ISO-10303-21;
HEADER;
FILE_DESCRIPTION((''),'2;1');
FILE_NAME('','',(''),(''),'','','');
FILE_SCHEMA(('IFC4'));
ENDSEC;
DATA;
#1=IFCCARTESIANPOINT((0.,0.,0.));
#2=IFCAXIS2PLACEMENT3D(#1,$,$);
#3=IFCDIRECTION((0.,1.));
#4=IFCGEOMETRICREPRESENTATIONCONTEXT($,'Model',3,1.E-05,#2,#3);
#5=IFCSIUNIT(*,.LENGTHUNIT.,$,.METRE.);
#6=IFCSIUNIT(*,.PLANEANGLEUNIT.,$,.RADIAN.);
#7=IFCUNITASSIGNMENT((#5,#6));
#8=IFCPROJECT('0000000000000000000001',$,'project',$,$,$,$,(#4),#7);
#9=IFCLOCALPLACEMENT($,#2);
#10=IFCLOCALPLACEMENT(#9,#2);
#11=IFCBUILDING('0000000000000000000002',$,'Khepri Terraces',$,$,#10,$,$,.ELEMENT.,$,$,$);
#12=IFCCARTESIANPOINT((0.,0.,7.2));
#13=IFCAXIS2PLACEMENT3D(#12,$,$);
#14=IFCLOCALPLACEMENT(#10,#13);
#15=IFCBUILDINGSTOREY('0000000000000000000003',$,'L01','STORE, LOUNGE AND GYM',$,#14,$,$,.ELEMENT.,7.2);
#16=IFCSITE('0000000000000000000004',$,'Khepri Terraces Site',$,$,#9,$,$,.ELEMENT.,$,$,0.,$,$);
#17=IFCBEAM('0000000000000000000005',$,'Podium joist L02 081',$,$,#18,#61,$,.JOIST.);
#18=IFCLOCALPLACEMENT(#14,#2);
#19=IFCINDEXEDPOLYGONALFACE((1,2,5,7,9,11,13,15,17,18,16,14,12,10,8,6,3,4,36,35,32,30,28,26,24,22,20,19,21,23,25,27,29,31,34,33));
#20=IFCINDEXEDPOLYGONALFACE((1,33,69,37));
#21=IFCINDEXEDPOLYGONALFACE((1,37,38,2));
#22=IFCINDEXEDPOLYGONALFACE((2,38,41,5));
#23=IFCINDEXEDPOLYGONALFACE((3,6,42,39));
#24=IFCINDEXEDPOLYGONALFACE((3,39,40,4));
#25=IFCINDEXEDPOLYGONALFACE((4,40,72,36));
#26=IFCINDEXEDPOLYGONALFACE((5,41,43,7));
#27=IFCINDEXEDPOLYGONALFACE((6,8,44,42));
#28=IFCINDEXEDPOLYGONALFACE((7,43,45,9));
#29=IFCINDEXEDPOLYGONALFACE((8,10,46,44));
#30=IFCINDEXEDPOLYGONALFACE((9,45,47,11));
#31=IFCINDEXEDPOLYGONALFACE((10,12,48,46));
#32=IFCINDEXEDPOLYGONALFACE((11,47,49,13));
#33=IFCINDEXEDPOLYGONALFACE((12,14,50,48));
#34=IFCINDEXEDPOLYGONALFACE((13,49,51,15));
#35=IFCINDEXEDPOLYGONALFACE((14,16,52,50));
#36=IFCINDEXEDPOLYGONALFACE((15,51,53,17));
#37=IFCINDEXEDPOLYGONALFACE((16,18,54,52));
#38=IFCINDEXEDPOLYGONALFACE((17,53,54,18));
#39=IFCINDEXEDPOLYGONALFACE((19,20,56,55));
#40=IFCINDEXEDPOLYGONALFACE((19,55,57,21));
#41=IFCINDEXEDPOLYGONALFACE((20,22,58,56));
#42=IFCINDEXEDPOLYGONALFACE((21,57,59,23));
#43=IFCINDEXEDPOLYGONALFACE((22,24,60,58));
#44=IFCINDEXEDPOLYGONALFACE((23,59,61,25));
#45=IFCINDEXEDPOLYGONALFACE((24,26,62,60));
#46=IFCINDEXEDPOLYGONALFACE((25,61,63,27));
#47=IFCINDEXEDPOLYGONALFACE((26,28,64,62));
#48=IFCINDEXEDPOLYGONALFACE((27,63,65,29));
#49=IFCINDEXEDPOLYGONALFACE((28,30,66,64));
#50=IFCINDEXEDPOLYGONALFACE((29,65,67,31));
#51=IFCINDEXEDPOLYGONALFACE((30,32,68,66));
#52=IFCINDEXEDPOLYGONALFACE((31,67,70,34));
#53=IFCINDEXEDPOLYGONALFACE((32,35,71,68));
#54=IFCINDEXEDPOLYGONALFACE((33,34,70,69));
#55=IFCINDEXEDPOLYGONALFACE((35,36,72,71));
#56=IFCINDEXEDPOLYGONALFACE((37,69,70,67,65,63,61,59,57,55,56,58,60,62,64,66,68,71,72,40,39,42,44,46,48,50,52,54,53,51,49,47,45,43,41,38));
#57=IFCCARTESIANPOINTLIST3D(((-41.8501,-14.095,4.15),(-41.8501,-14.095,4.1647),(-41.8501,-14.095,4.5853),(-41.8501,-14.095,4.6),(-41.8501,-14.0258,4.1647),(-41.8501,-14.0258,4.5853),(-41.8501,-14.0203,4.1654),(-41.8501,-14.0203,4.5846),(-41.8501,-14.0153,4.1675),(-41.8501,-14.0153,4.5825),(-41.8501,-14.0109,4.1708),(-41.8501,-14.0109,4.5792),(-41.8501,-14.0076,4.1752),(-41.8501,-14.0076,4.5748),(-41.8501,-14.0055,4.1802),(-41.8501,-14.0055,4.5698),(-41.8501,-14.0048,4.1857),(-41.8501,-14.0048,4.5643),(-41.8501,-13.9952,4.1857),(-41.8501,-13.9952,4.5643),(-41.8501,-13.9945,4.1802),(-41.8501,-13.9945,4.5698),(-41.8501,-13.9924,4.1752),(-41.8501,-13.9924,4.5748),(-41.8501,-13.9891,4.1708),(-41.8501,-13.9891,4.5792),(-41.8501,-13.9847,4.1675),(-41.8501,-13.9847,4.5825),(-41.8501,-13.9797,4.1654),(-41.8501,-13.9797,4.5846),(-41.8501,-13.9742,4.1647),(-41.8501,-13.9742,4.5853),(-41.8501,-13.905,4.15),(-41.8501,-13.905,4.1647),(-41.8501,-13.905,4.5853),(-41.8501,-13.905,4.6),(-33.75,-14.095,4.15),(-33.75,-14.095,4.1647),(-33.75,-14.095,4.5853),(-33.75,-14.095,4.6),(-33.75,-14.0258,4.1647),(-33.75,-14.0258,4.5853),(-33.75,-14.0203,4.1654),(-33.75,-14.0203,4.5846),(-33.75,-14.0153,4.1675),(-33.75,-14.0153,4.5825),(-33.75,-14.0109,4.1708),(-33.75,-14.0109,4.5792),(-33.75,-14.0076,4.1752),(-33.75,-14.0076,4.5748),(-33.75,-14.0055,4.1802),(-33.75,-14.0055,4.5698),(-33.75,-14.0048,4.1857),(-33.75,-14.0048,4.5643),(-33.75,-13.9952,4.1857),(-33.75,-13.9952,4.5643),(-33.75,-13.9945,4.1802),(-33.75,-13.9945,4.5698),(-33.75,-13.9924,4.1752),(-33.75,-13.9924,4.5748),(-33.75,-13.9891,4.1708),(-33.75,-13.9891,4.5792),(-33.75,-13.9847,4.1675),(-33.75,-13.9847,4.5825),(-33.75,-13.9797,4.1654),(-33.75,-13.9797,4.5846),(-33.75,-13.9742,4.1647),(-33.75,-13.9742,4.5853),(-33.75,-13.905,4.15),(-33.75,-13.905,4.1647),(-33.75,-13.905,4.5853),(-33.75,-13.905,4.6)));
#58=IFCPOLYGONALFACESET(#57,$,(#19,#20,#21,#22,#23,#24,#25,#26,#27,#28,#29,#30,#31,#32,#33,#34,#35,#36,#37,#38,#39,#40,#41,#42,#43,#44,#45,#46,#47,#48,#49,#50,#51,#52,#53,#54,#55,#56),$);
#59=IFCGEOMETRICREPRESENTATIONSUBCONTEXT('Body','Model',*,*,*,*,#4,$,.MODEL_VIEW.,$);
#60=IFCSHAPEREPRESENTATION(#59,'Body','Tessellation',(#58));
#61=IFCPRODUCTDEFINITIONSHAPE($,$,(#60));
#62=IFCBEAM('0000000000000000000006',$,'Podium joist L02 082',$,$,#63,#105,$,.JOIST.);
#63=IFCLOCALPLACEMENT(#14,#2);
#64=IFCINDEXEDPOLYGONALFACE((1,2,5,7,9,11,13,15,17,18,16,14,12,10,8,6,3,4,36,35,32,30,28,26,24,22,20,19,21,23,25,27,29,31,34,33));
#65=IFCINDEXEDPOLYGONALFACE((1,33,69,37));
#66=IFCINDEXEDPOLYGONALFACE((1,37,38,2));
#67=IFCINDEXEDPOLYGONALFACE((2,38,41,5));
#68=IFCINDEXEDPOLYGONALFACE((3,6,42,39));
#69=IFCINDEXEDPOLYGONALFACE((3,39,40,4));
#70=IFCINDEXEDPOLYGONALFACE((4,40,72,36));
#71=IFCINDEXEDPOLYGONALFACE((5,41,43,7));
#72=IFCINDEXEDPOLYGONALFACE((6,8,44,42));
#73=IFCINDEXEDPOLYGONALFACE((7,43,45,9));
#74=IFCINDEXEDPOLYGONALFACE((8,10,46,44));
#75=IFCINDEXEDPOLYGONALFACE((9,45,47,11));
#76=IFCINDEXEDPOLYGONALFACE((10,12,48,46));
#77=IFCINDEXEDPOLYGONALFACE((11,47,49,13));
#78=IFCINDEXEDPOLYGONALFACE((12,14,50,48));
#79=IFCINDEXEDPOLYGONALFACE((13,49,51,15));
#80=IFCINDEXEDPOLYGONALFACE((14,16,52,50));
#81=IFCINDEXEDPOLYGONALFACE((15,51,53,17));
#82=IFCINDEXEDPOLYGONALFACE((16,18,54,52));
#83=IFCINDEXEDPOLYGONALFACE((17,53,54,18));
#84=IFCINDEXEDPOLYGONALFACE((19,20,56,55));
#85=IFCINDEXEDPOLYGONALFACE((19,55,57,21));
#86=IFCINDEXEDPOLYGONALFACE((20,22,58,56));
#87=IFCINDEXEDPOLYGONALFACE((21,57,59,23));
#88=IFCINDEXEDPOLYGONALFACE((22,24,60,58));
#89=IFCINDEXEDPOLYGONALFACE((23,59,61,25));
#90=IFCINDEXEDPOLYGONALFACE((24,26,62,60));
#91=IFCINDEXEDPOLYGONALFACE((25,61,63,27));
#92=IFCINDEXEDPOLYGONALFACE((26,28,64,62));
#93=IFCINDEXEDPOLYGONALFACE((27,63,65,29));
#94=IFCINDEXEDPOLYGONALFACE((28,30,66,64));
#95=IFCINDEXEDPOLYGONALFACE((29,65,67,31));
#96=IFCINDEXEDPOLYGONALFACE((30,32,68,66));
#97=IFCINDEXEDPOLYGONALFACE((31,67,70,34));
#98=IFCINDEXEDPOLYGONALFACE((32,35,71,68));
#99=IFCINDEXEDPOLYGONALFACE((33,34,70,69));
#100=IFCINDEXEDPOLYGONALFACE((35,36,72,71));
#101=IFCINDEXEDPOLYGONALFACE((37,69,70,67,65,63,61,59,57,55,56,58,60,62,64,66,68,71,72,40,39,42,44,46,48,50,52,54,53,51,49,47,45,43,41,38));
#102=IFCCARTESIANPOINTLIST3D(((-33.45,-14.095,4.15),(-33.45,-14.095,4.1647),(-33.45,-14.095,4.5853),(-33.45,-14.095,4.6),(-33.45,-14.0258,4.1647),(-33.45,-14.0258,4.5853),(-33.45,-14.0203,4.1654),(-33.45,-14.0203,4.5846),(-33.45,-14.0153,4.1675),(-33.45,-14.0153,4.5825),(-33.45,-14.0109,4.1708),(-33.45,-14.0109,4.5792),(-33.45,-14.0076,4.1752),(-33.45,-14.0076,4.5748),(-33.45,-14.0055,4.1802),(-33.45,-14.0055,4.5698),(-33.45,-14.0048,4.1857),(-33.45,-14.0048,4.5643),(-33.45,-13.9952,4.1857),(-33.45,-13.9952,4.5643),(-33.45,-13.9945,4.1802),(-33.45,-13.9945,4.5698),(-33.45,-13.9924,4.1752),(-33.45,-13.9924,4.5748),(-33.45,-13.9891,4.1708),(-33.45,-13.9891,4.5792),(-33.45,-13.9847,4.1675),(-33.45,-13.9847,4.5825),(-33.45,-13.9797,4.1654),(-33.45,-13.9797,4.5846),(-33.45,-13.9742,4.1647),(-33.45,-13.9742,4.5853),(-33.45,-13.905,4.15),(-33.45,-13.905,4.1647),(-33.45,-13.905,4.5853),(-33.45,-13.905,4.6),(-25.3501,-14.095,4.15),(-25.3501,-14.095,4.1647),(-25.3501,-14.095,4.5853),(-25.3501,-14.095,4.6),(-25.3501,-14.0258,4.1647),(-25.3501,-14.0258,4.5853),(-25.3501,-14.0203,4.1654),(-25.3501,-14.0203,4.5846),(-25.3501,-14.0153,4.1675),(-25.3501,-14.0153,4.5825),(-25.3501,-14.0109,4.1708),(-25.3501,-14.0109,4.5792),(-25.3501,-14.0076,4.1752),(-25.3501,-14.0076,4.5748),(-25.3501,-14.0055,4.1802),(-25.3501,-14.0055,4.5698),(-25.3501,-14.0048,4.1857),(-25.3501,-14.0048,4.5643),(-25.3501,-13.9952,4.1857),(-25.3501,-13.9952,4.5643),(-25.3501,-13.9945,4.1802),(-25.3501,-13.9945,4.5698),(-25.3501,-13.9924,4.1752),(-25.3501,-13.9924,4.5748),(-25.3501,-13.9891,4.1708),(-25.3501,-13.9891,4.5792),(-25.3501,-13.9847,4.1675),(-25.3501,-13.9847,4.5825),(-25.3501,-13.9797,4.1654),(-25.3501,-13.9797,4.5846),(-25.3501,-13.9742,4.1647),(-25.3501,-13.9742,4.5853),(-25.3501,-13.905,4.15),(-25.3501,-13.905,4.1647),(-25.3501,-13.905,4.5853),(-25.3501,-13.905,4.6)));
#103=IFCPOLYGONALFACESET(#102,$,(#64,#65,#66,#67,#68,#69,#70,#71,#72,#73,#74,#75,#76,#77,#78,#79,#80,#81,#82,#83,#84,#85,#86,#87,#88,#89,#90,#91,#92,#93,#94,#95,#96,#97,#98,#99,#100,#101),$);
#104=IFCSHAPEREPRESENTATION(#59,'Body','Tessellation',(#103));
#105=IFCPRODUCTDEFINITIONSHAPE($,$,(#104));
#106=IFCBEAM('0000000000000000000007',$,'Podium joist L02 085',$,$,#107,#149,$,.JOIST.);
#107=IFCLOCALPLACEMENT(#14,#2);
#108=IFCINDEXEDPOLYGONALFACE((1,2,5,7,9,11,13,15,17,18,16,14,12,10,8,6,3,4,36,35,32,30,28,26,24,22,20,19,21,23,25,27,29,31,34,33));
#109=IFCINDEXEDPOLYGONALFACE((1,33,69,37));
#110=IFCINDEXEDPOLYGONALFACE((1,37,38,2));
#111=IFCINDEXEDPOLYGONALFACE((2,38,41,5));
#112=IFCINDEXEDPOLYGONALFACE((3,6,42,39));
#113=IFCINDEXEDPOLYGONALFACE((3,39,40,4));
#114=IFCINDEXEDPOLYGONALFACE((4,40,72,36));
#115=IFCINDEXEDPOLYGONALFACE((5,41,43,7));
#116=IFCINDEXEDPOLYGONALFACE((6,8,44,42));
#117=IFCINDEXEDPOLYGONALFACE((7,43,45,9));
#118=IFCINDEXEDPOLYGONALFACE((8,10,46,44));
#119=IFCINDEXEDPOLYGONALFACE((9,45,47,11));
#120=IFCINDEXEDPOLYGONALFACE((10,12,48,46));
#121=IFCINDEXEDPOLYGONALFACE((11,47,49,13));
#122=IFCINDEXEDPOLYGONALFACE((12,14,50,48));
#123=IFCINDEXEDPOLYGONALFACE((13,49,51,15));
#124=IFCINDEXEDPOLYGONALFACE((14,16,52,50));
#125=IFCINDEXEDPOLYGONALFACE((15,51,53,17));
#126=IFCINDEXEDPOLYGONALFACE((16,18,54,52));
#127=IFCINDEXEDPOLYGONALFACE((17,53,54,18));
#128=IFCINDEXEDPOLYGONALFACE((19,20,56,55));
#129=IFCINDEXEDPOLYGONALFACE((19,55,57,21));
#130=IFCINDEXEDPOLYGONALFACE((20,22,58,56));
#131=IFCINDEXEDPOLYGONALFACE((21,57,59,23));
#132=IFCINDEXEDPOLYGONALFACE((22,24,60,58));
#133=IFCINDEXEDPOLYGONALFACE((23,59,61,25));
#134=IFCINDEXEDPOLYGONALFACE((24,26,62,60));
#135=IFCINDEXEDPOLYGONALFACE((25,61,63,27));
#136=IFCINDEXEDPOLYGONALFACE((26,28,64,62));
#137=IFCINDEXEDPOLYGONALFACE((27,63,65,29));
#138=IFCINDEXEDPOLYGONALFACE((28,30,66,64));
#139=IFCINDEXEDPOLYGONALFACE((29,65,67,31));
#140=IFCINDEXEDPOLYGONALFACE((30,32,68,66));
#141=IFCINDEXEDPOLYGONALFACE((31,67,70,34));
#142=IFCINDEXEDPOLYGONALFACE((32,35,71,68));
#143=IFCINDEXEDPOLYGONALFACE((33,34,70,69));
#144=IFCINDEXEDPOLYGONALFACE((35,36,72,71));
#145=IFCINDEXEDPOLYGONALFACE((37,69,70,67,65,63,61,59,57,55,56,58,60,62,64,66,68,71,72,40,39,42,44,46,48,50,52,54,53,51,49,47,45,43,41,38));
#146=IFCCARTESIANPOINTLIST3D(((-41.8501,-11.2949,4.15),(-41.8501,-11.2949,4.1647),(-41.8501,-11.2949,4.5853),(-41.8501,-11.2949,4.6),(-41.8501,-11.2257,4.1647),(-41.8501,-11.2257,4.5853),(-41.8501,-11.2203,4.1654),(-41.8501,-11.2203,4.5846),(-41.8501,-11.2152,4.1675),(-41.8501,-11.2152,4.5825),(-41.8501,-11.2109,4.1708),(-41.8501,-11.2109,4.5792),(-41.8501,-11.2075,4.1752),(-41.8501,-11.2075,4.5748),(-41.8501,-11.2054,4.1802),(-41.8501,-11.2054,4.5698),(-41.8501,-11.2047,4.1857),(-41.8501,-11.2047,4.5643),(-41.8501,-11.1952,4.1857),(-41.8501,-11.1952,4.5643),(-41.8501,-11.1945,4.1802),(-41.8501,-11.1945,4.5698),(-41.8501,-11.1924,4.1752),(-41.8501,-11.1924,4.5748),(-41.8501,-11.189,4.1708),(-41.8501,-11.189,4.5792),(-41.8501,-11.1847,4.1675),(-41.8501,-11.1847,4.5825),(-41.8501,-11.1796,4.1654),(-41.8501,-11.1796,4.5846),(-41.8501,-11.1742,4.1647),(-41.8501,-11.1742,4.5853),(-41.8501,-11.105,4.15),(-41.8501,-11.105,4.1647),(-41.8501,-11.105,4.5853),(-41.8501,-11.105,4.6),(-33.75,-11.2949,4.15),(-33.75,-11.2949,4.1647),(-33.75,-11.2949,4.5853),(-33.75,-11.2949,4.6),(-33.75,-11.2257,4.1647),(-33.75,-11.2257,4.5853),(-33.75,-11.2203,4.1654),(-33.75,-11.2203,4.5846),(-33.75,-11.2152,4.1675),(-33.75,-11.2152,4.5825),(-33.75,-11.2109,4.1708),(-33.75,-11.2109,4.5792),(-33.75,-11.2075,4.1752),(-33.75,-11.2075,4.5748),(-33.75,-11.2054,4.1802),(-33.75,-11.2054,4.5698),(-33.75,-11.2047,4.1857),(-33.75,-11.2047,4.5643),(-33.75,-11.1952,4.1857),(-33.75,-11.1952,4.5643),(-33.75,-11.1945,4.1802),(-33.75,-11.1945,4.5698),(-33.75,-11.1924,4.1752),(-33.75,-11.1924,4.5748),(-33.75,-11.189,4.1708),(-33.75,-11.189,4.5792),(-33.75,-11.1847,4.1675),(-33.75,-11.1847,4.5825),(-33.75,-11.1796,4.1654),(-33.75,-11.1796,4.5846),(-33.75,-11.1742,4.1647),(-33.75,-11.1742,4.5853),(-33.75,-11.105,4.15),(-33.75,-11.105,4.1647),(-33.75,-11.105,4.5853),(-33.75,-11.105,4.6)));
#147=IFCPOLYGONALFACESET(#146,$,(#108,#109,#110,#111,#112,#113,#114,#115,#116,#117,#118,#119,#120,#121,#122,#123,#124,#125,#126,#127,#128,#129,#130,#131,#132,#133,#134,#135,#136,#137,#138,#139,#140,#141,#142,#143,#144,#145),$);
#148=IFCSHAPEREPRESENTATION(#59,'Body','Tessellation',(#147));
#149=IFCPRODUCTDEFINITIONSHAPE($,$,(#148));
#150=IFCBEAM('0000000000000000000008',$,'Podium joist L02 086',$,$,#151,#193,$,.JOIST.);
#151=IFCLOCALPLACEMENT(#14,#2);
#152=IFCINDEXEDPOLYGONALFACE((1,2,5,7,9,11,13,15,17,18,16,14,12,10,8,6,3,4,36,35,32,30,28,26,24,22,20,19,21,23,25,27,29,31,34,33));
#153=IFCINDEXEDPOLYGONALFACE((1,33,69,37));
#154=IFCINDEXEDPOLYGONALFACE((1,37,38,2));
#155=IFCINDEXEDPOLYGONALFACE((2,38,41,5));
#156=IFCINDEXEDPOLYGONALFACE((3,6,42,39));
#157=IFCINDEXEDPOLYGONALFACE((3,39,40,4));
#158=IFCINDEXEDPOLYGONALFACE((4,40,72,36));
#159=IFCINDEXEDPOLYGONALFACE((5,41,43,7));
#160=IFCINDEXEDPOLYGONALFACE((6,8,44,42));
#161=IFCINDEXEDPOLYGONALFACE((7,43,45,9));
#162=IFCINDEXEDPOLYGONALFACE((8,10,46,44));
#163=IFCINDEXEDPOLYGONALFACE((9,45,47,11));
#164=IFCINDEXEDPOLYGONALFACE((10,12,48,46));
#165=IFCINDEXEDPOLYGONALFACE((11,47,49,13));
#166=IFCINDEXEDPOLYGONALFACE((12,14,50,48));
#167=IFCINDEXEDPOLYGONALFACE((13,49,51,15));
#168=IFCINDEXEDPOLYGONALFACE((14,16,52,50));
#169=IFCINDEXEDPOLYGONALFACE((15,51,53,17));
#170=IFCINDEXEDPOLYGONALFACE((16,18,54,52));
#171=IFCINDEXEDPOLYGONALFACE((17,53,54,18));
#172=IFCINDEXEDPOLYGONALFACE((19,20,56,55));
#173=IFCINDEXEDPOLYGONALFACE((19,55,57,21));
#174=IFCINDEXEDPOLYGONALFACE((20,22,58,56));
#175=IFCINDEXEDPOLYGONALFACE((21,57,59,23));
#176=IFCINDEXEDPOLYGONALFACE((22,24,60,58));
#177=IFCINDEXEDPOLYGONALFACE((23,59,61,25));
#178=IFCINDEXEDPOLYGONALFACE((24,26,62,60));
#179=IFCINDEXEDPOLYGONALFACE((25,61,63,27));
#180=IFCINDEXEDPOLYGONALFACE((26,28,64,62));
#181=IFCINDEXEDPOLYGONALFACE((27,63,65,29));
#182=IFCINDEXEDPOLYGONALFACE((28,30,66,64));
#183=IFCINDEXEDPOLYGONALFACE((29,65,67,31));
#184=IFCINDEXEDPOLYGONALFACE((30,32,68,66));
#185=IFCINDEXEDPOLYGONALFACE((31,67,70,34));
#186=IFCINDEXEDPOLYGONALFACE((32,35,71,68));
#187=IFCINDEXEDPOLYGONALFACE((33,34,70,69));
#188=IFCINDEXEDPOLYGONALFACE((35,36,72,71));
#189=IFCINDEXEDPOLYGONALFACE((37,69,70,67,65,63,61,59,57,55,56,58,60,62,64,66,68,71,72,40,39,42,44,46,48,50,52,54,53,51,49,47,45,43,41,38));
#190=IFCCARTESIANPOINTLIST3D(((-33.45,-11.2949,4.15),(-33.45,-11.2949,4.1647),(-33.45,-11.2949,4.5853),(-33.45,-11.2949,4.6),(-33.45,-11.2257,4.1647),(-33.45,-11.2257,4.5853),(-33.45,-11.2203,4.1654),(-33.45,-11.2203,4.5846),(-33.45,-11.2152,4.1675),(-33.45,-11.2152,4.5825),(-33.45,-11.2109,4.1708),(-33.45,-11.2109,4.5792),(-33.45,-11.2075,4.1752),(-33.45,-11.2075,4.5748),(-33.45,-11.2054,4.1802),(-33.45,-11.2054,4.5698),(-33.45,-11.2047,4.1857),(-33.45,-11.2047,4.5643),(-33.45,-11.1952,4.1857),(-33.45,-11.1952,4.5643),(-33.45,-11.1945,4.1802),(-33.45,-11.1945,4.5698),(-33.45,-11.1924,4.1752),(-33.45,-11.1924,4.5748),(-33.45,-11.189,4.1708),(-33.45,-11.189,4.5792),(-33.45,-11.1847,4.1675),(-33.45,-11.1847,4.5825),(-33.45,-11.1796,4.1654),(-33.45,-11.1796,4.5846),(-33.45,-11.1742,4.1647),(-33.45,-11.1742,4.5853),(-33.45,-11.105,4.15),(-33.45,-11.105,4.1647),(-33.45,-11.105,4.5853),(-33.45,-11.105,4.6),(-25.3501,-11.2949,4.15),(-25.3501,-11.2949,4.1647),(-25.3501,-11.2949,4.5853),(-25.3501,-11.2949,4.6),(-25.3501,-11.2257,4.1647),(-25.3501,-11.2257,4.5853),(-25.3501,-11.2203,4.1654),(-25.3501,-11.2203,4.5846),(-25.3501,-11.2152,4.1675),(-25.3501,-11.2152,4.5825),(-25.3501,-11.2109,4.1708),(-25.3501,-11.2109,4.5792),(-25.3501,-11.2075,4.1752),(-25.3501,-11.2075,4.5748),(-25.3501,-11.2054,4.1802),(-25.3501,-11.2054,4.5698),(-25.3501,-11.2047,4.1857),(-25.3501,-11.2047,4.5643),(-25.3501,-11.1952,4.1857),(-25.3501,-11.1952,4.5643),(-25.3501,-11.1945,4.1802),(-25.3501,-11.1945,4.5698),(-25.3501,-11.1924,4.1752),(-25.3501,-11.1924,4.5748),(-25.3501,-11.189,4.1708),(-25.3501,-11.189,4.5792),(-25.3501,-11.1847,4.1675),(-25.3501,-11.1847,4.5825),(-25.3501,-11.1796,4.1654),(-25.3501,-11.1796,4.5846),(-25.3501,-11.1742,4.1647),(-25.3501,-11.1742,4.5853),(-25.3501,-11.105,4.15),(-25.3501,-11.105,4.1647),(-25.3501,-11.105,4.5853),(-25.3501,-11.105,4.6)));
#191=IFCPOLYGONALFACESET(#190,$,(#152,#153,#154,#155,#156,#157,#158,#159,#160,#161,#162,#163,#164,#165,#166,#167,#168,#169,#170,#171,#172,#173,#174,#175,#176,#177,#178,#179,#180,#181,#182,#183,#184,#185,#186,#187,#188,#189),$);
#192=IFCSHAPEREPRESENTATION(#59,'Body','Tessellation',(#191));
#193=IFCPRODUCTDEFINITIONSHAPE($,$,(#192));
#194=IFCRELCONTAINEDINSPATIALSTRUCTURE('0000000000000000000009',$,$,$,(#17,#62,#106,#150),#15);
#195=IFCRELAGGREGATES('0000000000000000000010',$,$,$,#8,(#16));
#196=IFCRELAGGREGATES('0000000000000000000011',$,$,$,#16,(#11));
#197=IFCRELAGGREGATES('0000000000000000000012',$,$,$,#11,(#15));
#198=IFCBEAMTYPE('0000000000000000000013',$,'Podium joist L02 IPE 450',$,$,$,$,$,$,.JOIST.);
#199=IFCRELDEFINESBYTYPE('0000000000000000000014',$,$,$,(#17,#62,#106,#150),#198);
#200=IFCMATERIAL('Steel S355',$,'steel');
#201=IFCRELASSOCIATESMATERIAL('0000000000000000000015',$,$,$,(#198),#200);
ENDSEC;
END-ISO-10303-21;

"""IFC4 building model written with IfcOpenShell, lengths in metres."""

from ifc_helpers import new_model, si_unit, direction, frame, origin, origin_2d, place, context, subcontext, project, spatial, i_section, extrude, material, material_profile, profile_set, type_object, element, save


model = new_model("IFC4")

# Units and contexts
model_context = context("Model", 3, precision=1e-05, world=origin(), true_north=direction((0.0, 1.0)))
body_context = subcontext(model_context, "Body", "Model", "MODEL_VIEW")
ifc_project = project(units=[si_unit("LENGTHUNIT", "METRE"), si_unit("PLANEANGLEUNIT", "RADIAN")], contexts=[model_context])

# Site, building, storey
site_placement = place(None, origin())
site = spatial("IfcSite", under=ifc_project, at=site_placement, Name="Khepri Terraces Site", CompositionType="ELEMENT", RefElevation=0.0)
building_placement = place(site_placement, origin())
building = spatial("IfcBuilding", under=site, at=building_placement, Name="Khepri Terraces", CompositionType="ELEMENT")
storey_placement = place(building_placement, frame((0.0, 0.0, 7.2)))
storey = spatial("IfcBuildingStorey", under=building, at=storey_placement, Name="L01", Description="STORE, LOUNGE AND GYM", CompositionType="ELEMENT", Elevation=7.2)

# Beams
ifc_material_1 = material(Name="Steel S355", Category="steel")
ifc_material_profile_1 = material_profile(ifc_material_1, i_section(OverallWidth=0.1899, OverallDepth=0.45, WebThickness=0.0095, FlangeThickness=0.0146, FilletRadius=0.021, at=origin_2d()), Name="Steel S355", Category="steel")
ifc_profile_set_1 = profile_set([ifc_material_profile_1], Name="Steel S355")
beam_type_1 = type_object("IfcBeamType", Name="Podium joist L02 IPE 450", PredefinedType="JOIST", material=ifc_profile_set_1)
beam_1_placement = place(storey_placement, frame((-41.8501, -14.0, 4.375), z_axis=(1.0, 0.0, 0.0), x_axis=(0.0, 1.0, 0.0)))
element("IfcBeam", 1, at=beam_1_placement, inside=storey, type_object=beam_type_1, Name="Podium joist L02 081", PredefinedType="JOIST", context=body_context, shape_type="SweptSolid", body=[
    extrude(i_section(OverallWidth=0.1899, OverallDepth=0.45, WebThickness=0.0095, FlangeThickness=0.0146, FilletRadius=0.021, at=origin_2d()), origin(), (0.0, 0.0, 1.0), 8.1001),
])
beam_2_placement = place(storey_placement, frame((-33.45, -14.0, 4.375), z_axis=(1.0, 0.0, 0.0), x_axis=(0.0, 1.0, 0.0)))
element("IfcBeam", 2, at=beam_2_placement, inside=storey, type_object=beam_type_1, Name="Podium joist L02 082", PredefinedType="JOIST", context=body_context, shape_type="SweptSolid", body=[
    extrude(i_section(OverallWidth=0.1899, OverallDepth=0.45, WebThickness=0.0095, FlangeThickness=0.0146, FilletRadius=0.021, at=origin_2d()), origin(), (0.0, 0.0, 1.0), 8.0999),
])
beam_3_placement = place(storey_placement, frame((-41.8501, -11.2, 4.375), z_axis=(1.0, 0.0, 0.0), x_axis=(0.0, 1.0, 0.0)))
element("IfcBeam", 3, at=beam_3_placement, inside=storey, type_object=beam_type_1, Name="Podium joist L02 085", PredefinedType="JOIST", context=body_context, shape_type="SweptSolid", body=[
    extrude(i_section(OverallWidth=0.1899, OverallDepth=0.45, WebThickness=0.0095, FlangeThickness=0.0146, FilletRadius=0.021, at=origin_2d()), origin(), (0.0, 0.0, 1.0), 8.1001),
])
beam_4_placement = place(storey_placement, frame((-33.45, -11.2, 4.375), z_axis=(1.0, 0.0, 0.0), x_axis=(0.0, 1.0, 0.0)))
element("IfcBeam", 4, at=beam_4_placement, inside=storey, type_object=beam_type_1, Name="Podium joist L02 086", PredefinedType="JOIST", context=body_context, shape_type="SweptSolid", body=[
    extrude(i_section(OverallWidth=0.1899, OverallDepth=0.45, WebThickness=0.0095, FlangeThickness=0.0146, FilletRadius=0.021, at=origin_2d()), origin(), (0.0, 0.0, 1.0), 8.0999),
])

save(model, "model.ifc")
